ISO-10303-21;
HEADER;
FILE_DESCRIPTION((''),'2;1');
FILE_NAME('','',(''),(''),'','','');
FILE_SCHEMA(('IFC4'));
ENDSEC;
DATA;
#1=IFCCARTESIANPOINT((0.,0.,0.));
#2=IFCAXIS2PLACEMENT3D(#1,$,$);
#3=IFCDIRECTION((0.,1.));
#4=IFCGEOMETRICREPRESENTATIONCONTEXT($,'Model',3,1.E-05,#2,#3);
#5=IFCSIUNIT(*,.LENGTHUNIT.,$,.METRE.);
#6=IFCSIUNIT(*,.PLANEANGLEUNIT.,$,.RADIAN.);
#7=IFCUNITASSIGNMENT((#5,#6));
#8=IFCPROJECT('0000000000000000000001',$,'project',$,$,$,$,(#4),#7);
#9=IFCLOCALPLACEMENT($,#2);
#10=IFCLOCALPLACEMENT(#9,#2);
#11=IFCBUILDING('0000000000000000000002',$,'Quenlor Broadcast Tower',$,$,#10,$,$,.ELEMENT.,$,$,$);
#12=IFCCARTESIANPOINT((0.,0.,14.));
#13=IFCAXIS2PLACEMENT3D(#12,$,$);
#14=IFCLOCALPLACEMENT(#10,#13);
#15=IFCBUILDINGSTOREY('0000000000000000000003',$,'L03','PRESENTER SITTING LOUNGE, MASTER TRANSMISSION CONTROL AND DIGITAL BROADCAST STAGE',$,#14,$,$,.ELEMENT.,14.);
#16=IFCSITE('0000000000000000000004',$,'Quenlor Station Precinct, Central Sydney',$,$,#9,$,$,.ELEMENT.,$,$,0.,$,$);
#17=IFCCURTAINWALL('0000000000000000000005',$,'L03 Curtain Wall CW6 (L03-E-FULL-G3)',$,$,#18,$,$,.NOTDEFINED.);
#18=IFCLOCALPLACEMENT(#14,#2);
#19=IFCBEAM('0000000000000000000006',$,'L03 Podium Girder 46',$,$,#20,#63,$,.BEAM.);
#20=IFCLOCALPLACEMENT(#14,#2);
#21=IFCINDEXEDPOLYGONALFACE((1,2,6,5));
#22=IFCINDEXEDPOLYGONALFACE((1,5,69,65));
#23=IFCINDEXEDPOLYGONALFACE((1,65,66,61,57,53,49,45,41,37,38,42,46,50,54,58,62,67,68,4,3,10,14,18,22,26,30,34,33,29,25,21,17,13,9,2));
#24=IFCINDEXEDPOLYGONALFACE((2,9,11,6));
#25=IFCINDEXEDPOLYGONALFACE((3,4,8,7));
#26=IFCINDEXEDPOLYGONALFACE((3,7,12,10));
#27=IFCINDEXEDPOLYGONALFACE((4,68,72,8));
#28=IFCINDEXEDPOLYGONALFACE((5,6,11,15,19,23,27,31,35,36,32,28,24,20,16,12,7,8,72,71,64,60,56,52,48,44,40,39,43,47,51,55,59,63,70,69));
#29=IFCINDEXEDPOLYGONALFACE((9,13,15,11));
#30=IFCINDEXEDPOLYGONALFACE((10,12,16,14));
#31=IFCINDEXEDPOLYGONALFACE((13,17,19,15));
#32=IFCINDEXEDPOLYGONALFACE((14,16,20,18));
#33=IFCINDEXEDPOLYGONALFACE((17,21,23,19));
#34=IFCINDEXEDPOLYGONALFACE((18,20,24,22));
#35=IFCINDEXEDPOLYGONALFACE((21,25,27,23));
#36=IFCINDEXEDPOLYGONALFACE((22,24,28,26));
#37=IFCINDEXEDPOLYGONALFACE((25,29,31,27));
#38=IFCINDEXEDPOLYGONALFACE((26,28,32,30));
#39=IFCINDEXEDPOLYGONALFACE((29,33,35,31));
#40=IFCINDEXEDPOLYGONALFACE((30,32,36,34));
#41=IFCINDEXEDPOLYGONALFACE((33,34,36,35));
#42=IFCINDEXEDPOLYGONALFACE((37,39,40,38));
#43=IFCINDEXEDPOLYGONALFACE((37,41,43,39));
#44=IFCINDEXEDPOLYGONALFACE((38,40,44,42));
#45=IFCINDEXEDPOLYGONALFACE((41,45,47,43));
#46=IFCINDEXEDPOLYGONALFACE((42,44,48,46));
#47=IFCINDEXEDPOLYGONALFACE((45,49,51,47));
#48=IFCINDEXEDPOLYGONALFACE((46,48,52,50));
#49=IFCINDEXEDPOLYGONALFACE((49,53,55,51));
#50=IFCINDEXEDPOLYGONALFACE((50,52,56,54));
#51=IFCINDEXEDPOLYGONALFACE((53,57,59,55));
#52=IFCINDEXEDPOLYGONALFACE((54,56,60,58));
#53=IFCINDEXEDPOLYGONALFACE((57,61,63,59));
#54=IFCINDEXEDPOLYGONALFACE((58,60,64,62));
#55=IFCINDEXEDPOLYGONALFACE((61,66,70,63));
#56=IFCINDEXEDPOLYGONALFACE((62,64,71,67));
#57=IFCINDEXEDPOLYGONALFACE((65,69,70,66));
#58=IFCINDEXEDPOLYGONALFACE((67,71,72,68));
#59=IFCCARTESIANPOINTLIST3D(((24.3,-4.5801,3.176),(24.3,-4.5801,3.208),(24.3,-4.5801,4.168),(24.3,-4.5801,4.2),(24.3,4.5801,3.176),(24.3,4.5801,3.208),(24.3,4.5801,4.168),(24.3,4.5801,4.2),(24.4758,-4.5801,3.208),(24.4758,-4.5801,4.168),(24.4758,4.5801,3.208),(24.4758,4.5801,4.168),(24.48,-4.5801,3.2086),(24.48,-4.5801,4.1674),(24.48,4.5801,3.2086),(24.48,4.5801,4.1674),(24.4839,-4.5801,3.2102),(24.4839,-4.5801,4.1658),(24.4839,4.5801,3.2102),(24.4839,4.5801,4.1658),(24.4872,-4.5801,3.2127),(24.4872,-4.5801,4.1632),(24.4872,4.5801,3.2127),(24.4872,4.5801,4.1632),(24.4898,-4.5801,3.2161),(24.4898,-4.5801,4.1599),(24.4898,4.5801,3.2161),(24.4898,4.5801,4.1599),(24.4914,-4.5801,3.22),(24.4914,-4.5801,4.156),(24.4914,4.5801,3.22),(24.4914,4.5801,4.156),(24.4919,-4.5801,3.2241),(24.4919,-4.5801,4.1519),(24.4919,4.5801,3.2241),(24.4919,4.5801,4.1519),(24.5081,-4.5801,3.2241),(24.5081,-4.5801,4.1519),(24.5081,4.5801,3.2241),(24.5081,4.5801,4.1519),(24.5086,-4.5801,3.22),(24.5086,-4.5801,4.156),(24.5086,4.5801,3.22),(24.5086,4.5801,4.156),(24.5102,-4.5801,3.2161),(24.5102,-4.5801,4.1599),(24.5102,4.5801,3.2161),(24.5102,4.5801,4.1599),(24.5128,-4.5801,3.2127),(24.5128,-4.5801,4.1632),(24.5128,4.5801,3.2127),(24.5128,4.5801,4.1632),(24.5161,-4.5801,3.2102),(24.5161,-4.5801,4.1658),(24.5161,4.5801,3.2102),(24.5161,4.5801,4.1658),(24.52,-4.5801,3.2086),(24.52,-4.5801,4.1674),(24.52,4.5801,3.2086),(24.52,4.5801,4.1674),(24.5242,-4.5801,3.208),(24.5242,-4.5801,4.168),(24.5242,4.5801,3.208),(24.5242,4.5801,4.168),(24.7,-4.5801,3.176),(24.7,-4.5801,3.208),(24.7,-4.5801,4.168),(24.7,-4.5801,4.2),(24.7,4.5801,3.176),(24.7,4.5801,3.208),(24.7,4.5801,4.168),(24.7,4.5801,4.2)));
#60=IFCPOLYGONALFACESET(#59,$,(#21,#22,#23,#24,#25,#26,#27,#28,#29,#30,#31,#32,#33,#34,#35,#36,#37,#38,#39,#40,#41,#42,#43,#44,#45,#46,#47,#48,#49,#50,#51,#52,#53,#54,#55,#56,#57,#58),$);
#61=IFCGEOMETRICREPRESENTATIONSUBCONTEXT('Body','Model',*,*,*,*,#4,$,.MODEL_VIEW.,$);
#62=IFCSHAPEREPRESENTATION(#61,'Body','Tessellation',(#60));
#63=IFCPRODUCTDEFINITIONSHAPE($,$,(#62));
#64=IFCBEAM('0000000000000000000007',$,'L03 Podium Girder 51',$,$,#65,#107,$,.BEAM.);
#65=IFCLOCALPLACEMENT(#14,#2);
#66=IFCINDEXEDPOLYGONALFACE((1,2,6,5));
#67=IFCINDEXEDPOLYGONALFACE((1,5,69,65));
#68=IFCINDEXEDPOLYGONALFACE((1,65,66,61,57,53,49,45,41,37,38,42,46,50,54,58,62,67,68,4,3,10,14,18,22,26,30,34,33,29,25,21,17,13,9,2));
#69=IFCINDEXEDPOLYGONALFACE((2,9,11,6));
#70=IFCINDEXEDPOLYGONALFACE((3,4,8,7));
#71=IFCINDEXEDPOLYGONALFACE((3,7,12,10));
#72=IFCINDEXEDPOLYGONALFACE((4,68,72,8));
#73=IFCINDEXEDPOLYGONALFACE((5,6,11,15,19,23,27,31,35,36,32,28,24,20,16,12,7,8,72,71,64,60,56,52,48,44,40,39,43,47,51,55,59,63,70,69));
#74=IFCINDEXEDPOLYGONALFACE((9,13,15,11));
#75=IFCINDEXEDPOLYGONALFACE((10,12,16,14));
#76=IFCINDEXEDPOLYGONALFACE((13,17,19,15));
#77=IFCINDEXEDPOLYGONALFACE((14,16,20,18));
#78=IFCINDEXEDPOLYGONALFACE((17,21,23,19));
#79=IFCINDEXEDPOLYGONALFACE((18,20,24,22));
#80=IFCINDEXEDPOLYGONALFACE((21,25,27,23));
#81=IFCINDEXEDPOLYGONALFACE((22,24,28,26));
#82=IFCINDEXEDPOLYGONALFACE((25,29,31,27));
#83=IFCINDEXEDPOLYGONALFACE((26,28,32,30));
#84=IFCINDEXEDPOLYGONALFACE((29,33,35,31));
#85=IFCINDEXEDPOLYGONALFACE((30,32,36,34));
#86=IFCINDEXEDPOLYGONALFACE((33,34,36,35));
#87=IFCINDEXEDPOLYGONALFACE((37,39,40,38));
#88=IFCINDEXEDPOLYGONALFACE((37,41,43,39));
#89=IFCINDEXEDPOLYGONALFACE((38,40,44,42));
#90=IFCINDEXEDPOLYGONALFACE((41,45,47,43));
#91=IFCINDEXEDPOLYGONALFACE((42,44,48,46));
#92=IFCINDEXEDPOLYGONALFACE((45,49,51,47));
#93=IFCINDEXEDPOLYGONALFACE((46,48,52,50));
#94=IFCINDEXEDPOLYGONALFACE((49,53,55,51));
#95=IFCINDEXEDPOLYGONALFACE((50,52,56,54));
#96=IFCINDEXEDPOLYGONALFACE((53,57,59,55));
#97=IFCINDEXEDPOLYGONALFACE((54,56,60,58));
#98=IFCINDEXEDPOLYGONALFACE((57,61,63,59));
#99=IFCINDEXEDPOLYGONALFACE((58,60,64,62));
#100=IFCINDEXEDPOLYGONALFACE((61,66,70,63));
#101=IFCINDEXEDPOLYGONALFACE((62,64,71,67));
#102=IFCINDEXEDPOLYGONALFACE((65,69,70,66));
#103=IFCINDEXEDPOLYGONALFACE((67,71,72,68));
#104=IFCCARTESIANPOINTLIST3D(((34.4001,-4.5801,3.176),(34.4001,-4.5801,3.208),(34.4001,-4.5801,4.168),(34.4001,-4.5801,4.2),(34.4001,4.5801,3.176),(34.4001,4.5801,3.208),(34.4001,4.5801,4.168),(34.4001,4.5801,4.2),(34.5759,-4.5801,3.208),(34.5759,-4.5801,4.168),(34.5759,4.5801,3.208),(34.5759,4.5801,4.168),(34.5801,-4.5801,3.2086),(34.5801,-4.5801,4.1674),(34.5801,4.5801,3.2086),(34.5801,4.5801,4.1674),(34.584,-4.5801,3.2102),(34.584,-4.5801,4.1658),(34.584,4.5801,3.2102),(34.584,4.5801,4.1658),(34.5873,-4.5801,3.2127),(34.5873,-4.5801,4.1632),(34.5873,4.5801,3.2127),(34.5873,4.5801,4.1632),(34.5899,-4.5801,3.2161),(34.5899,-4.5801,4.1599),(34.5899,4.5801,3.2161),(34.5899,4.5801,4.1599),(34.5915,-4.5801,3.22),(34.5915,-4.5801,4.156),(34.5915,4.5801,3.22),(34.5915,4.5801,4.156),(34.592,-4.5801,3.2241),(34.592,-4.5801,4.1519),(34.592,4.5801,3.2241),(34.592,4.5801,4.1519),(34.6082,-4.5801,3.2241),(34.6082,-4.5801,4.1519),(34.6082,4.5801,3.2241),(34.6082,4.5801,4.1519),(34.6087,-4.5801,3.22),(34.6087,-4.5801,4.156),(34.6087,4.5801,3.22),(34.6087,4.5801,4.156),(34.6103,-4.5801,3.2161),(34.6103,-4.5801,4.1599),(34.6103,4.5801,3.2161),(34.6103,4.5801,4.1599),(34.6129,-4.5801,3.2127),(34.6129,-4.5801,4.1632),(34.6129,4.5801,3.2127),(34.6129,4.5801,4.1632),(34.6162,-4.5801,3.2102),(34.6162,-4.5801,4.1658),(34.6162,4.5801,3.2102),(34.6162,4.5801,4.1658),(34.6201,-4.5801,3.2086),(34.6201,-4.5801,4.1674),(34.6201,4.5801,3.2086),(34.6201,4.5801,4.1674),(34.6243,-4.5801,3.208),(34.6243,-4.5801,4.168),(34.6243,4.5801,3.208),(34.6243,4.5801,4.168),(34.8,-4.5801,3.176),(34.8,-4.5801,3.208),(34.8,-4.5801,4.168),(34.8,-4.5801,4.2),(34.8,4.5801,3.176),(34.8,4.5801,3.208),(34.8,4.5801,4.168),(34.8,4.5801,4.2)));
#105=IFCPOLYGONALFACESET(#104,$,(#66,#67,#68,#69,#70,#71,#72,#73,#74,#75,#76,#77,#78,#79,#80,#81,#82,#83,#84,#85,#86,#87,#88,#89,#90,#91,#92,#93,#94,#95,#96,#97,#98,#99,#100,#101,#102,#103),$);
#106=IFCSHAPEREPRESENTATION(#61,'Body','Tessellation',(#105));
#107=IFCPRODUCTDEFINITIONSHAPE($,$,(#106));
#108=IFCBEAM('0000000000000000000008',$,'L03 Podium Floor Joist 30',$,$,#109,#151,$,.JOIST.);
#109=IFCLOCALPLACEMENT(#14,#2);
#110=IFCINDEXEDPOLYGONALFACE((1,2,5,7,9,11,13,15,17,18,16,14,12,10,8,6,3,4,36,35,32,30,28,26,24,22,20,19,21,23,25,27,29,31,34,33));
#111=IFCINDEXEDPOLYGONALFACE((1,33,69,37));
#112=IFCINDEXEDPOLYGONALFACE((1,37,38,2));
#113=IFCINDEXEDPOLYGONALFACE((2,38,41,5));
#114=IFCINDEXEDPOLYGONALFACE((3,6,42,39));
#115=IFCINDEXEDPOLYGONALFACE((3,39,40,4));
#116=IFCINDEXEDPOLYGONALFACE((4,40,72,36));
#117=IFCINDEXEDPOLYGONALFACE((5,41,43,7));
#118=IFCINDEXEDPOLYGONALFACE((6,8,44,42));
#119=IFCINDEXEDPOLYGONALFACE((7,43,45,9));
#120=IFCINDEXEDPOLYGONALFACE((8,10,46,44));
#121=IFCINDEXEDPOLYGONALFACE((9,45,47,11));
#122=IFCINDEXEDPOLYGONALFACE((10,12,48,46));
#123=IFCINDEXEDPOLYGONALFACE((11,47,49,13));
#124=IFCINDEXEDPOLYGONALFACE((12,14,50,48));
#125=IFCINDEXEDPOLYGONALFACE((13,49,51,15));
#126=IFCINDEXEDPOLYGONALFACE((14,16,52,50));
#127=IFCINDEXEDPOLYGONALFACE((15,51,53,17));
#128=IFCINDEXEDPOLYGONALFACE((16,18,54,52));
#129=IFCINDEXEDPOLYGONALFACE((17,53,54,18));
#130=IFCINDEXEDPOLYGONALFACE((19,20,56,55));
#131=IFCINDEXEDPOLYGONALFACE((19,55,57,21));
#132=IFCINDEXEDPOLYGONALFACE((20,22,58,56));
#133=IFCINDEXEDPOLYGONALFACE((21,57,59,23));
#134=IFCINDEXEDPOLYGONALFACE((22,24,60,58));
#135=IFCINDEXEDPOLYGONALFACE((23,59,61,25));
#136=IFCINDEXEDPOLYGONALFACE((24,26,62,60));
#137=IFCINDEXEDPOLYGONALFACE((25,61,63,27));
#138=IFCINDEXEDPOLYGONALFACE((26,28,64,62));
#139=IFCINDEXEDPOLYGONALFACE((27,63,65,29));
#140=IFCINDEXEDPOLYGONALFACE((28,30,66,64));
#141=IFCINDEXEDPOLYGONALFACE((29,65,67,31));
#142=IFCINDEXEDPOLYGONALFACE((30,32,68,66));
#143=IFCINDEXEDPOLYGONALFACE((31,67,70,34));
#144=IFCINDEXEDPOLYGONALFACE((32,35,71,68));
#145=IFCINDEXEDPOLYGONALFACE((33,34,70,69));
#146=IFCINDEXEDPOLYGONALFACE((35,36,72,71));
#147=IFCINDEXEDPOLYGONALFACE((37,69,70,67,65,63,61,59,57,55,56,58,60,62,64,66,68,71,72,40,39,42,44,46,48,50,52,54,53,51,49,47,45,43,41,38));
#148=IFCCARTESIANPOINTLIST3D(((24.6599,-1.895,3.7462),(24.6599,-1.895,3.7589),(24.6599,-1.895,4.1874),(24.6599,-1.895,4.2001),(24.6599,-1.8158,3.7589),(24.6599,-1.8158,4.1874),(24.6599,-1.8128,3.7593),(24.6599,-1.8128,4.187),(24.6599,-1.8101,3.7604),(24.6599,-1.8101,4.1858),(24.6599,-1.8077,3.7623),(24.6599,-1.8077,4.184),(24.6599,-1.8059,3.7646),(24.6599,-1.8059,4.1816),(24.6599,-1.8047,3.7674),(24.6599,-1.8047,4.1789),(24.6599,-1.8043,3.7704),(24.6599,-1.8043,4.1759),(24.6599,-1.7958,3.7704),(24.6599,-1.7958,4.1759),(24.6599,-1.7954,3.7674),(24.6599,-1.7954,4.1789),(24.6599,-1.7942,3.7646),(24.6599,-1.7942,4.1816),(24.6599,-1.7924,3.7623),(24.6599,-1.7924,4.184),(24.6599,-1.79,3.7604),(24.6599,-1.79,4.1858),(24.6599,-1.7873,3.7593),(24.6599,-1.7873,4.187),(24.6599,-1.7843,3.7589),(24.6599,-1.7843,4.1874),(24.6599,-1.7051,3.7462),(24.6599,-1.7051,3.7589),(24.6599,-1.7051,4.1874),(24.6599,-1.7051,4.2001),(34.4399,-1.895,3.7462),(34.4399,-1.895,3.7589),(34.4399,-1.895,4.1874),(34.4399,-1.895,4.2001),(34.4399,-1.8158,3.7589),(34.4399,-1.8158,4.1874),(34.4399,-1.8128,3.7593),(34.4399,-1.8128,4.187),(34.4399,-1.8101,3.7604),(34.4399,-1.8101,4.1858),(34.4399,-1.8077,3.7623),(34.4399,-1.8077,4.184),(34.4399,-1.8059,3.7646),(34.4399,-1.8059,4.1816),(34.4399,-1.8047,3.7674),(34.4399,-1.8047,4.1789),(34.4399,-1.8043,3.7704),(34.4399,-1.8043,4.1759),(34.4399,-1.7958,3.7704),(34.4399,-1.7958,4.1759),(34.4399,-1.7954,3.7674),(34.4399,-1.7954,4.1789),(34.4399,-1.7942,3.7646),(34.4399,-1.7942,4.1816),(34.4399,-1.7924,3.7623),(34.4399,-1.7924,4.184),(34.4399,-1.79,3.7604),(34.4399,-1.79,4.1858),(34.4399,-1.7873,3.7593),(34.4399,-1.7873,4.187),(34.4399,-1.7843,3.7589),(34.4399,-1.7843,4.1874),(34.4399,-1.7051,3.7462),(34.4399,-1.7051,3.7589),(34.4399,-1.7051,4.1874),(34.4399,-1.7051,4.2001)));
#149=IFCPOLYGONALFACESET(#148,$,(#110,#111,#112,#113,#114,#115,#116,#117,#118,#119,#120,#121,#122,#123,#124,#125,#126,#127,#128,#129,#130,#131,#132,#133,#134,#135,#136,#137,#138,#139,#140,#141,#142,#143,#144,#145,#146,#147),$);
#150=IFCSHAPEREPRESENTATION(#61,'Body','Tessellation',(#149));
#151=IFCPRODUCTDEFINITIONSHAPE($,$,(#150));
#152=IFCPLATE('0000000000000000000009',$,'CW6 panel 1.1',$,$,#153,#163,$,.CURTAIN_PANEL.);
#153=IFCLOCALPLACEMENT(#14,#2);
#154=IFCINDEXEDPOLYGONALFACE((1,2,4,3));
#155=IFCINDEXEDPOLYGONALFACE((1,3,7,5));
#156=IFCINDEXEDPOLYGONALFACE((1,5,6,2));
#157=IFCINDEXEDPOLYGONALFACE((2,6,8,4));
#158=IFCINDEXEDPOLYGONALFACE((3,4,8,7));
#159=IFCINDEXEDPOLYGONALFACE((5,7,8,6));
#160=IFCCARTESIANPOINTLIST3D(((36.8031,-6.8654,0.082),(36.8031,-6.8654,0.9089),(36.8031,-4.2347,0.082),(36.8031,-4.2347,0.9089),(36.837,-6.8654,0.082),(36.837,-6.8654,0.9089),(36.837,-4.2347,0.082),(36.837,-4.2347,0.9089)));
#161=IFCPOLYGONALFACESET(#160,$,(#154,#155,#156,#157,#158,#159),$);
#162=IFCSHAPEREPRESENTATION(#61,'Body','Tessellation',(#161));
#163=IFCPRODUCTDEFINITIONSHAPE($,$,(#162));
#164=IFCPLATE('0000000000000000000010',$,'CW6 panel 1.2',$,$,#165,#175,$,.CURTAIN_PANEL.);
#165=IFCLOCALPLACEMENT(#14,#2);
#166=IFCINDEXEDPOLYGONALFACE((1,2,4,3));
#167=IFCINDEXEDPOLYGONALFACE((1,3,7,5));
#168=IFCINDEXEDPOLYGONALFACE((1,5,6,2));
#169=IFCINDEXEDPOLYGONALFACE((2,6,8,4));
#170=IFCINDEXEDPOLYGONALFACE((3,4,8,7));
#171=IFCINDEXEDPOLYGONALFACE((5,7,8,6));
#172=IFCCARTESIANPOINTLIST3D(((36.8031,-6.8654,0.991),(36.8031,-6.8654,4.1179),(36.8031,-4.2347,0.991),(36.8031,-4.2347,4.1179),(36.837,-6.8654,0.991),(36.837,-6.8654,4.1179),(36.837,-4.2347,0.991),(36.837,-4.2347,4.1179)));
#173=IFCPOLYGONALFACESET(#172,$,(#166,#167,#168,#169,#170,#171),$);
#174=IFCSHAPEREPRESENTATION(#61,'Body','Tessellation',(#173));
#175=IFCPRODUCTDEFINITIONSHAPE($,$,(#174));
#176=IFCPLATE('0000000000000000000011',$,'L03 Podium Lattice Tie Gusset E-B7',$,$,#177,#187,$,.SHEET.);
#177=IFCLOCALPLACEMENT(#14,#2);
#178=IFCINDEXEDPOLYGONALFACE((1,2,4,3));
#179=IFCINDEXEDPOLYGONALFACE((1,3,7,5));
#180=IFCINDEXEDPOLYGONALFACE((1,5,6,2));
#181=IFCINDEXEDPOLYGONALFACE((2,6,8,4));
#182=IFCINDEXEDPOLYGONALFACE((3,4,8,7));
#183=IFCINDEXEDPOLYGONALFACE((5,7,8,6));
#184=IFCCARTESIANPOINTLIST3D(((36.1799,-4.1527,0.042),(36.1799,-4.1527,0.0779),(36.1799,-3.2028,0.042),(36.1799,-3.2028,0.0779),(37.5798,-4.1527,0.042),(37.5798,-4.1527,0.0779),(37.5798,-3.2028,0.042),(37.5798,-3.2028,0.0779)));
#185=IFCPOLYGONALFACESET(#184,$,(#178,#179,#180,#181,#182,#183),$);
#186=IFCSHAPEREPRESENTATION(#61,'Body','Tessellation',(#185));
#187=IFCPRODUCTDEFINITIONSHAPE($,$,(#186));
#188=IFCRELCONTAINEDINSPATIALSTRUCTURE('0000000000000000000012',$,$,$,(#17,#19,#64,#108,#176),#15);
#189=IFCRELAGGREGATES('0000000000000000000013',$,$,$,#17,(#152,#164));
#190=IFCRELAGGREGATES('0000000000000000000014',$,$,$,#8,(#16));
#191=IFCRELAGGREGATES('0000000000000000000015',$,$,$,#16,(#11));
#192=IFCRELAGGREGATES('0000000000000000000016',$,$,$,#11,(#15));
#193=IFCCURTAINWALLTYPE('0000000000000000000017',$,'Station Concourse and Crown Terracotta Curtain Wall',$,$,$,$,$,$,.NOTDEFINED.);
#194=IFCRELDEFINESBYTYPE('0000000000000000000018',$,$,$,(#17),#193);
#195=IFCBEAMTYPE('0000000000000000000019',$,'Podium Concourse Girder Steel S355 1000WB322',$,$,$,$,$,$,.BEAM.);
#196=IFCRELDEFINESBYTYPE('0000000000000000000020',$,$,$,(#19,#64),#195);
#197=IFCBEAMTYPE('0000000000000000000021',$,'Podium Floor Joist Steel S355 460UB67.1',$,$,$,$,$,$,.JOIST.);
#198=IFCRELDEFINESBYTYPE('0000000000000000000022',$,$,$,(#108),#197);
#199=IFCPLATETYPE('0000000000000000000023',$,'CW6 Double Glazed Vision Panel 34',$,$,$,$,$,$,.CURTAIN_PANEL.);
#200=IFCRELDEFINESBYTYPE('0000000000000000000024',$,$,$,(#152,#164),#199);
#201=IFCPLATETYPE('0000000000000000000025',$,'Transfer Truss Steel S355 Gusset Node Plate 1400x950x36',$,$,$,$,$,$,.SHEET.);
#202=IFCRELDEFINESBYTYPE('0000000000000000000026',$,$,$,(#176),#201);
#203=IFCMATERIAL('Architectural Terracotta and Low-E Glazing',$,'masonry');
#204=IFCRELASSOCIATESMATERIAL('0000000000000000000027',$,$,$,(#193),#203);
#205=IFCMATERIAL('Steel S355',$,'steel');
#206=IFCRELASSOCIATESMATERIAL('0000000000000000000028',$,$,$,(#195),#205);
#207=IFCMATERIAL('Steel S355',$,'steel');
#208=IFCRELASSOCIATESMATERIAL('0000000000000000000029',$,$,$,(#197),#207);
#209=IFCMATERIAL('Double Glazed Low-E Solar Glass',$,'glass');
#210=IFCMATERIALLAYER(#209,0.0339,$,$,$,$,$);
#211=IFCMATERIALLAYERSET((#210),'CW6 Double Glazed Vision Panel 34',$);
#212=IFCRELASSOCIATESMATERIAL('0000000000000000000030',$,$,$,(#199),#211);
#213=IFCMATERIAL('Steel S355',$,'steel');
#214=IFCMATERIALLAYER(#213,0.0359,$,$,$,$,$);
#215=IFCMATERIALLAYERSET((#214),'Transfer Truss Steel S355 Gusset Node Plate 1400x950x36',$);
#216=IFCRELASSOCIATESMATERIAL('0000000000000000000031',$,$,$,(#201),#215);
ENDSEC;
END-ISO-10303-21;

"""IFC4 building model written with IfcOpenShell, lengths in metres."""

from ifc_helpers import new_model, si_unit, direction, frame, origin, origin_2d, place, context, subcontext, project, spatial, rectangle, i_section, extrude, material, layer, layer_set, material_profile, profile_set, type_object, element, aggregate, save


model = new_model("IFC4")

# Units and contexts
model_context = context("Model", 3, precision=1e-05, world=origin(), true_north=direction((0.0, 1.0)))
body_context = subcontext(model_context, "Body", "Model", "MODEL_VIEW")
ifc_project = project(units=[si_unit("LENGTHUNIT", "METRE"), si_unit("PLANEANGLEUNIT", "RADIAN")], contexts=[model_context])

# Site, building, storey
site_placement = place(None, origin())
site = spatial("IfcSite", under=ifc_project, at=site_placement, Name="Quenlor Station Precinct, Central Sydney", CompositionType="ELEMENT", RefElevation=0.0)
building_placement = place(site_placement, origin())
building = spatial("IfcBuilding", under=site, at=building_placement, Name="Quenlor Broadcast Tower", CompositionType="ELEMENT")
storey_placement = place(building_placement, frame((0.0, 0.0, 14.0)))
storey = spatial("IfcBuildingStorey", under=building, at=storey_placement, Name="L03", Description="PRESENTER SITTING LOUNGE, MASTER TRANSMISSION CONTROL AND DIGITAL BROADCAST STAGE", CompositionType="ELEMENT", Elevation=14.0)

# Curtain wall
ifc_material_1 = material(Name="Architectural Terracotta and Low-E Glazing", Category="masonry")
curtain_wall_type = type_object("IfcCurtainWallType", Name="Station Concourse and Crown Terracotta Curtain Wall", PredefinedType="NOTDEFINED", material=ifc_material_1)
curtain_wall_placement = place(storey_placement, origin())
curtain_wall = element("IfcCurtainWall", 1, at=curtain_wall_placement, inside=storey, type_object=curtain_wall_type, Name="L03 Curtain Wall CW6 (L03-E-FULL-G3)", PredefinedType="NOTDEFINED")

# Beams
ifc_material_2 = material(Name="Steel S355", Category="steel")
ifc_material_profile_1 = material_profile(ifc_material_2, i_section(OverallWidth=0.3999, OverallDepth=1.0239, WebThickness=0.0161, FlangeThickness=0.032, FilletRadius=0.0161, at=origin_2d()))
ifc_profile_set_1 = profile_set([ifc_material_profile_1], Name="Steel S355 1000WB322")
beam_type_1 = type_object("IfcBeamType", Name="Podium Concourse Girder Steel S355 1000WB322", PredefinedType="BEAM", material=ifc_profile_set_1)
for number, where, z_axis, x_axis, name in (
    (2, (24.5, -4.5801, 3.688), (0.0, 1.0, 0.0), (-1.0, 0.0, 0.0), "L03 Podium Girder 46"),
    (3, (34.6001, -4.5801, 3.688), (0.0, 1.0, 0.0), (-1.0, 0.0, 0.0), "L03 Podium Girder 51"),
):
    element("IfcBeam", number, at=place(storey_placement, frame(where, z_axis=z_axis, x_axis=x_axis)), inside=storey, type_object=beam_type_1, Name=name, PredefinedType="BEAM", context=body_context, shape_type="SweptSolid", body=[
        extrude(i_section(OverallWidth=0.3999, OverallDepth=1.0239, WebThickness=0.0161, FlangeThickness=0.032, FilletRadius=0.0161, at=origin_2d()), origin(), (0.0, 0.0, 1.0), 9.1602),
    ])
ifc_material_3 = material(Name="Steel S355", Category="steel")
ifc_material_profile_2 = material_profile(ifc_material_3, i_section(OverallWidth=0.1899, OverallDepth=0.4539, WebThickness=0.0085, FlangeThickness=0.0127, FilletRadius=0.0115, at=origin_2d()))
ifc_profile_set_2 = profile_set([ifc_material_profile_2], Name="Steel S355 460UB67.1")
beam_type_2 = type_object("IfcBeamType", Name="Podium Floor Joist Steel S355 460UB67.1", PredefinedType="JOIST", material=ifc_profile_set_2)
beam_1_placement = place(storey_placement, frame((24.6599, -1.8, 3.9731), z_axis=(1.0, 0.0, 0.0), x_axis=(0.0, 1.0, 0.0)))
element("IfcBeam", 4, at=beam_1_placement, inside=storey, type_object=beam_type_2, Name="L03 Podium Floor Joist 30", PredefinedType="JOIST", context=body_context, shape_type="SweptSolid", body=[
    extrude(i_section(OverallWidth=0.1899, OverallDepth=0.4539, WebThickness=0.0085, FlangeThickness=0.0127, FilletRadius=0.0115, at=origin_2d()), origin(), (0.0, 0.0, 1.0), 9.78),
])

# Plates
ifc_material_4 = material(Name="Double Glazed Low-E Solar Glass", Category="glass")
ifc_layer_1 = layer(ifc_material_4, 0.0339)
ifc_layer_set_1 = layer_set([ifc_layer_1], Name="CW6 Double Glazed Vision Panel 34")
plate_type_1 = type_object("IfcPlateType", Name="CW6 Double Glazed Vision Panel 34", PredefinedType="CURTAIN_PANEL", material=ifc_layer_set_1)
plate_1_placement = place(storey_placement, frame((36.8201, -5.55, 0.082), z_axis=(0.0, 0.0, 1.0), x_axis=(0.0, -1.0, 0.0)))
plate_1 = element("IfcPlate", 5, at=plate_1_placement, type_object=plate_type_1, Name="CW6 panel 1.1", PredefinedType="CURTAIN_PANEL", context=body_context, shape_type="SweptSolid", body=[
    extrude(rectangle(XDim=2.6306, YDim=0.0339, at=origin_2d()), origin(), (0.0, 0.0, 1.0), 0.8269),
])
plate_2_placement = place(storey_placement, frame((36.8201, -5.55, 0.991), z_axis=(0.0, 0.0, 1.0), x_axis=(0.0, -1.0, 0.0)))
plate_2 = element("IfcPlate", 6, at=plate_2_placement, type_object=plate_type_1, Name="CW6 panel 1.2", PredefinedType="CURTAIN_PANEL", context=body_context, shape_type="SweptSolid", body=[
    extrude(rectangle(XDim=2.6306, YDim=0.0339, at=origin_2d()), origin(), (0.0, 0.0, 1.0), 3.127),
])
aggregate(curtain_wall, [plate_1, plate_2])
ifc_material_5 = material(Name="Steel S355", Category="steel")
ifc_layer_2 = layer(ifc_material_5, 0.0359)
ifc_layer_set_2 = layer_set([ifc_layer_2], Name="Transfer Truss Steel S355 Gusset Node Plate 1400x950x36")
plate_type_2 = type_object("IfcPlateType", Name="Transfer Truss Steel S355 Gusset Node Plate 1400x950x36", PredefinedType="SHEET", material=ifc_layer_set_2)
plate_3_placement = place(storey_placement, frame((36.8799, -3.6777, 0.042), z_axis=(0.0, 0.0, 1.0), x_axis=(1.0, 0.0, 0.0)))
element("IfcPlate", 7, at=plate_3_placement, inside=storey, type_object=plate_type_2, Name="L03 Podium Lattice Tie Gusset E-B7", PredefinedType="SHEET", context=body_context, shape_type="SweptSolid", body=[
    extrude(rectangle(XDim=1.3999, YDim=0.95, at=origin_2d()), origin(), (0.0, 0.0, 1.0), 0.0359),
])

save(model, "model.ifc")
